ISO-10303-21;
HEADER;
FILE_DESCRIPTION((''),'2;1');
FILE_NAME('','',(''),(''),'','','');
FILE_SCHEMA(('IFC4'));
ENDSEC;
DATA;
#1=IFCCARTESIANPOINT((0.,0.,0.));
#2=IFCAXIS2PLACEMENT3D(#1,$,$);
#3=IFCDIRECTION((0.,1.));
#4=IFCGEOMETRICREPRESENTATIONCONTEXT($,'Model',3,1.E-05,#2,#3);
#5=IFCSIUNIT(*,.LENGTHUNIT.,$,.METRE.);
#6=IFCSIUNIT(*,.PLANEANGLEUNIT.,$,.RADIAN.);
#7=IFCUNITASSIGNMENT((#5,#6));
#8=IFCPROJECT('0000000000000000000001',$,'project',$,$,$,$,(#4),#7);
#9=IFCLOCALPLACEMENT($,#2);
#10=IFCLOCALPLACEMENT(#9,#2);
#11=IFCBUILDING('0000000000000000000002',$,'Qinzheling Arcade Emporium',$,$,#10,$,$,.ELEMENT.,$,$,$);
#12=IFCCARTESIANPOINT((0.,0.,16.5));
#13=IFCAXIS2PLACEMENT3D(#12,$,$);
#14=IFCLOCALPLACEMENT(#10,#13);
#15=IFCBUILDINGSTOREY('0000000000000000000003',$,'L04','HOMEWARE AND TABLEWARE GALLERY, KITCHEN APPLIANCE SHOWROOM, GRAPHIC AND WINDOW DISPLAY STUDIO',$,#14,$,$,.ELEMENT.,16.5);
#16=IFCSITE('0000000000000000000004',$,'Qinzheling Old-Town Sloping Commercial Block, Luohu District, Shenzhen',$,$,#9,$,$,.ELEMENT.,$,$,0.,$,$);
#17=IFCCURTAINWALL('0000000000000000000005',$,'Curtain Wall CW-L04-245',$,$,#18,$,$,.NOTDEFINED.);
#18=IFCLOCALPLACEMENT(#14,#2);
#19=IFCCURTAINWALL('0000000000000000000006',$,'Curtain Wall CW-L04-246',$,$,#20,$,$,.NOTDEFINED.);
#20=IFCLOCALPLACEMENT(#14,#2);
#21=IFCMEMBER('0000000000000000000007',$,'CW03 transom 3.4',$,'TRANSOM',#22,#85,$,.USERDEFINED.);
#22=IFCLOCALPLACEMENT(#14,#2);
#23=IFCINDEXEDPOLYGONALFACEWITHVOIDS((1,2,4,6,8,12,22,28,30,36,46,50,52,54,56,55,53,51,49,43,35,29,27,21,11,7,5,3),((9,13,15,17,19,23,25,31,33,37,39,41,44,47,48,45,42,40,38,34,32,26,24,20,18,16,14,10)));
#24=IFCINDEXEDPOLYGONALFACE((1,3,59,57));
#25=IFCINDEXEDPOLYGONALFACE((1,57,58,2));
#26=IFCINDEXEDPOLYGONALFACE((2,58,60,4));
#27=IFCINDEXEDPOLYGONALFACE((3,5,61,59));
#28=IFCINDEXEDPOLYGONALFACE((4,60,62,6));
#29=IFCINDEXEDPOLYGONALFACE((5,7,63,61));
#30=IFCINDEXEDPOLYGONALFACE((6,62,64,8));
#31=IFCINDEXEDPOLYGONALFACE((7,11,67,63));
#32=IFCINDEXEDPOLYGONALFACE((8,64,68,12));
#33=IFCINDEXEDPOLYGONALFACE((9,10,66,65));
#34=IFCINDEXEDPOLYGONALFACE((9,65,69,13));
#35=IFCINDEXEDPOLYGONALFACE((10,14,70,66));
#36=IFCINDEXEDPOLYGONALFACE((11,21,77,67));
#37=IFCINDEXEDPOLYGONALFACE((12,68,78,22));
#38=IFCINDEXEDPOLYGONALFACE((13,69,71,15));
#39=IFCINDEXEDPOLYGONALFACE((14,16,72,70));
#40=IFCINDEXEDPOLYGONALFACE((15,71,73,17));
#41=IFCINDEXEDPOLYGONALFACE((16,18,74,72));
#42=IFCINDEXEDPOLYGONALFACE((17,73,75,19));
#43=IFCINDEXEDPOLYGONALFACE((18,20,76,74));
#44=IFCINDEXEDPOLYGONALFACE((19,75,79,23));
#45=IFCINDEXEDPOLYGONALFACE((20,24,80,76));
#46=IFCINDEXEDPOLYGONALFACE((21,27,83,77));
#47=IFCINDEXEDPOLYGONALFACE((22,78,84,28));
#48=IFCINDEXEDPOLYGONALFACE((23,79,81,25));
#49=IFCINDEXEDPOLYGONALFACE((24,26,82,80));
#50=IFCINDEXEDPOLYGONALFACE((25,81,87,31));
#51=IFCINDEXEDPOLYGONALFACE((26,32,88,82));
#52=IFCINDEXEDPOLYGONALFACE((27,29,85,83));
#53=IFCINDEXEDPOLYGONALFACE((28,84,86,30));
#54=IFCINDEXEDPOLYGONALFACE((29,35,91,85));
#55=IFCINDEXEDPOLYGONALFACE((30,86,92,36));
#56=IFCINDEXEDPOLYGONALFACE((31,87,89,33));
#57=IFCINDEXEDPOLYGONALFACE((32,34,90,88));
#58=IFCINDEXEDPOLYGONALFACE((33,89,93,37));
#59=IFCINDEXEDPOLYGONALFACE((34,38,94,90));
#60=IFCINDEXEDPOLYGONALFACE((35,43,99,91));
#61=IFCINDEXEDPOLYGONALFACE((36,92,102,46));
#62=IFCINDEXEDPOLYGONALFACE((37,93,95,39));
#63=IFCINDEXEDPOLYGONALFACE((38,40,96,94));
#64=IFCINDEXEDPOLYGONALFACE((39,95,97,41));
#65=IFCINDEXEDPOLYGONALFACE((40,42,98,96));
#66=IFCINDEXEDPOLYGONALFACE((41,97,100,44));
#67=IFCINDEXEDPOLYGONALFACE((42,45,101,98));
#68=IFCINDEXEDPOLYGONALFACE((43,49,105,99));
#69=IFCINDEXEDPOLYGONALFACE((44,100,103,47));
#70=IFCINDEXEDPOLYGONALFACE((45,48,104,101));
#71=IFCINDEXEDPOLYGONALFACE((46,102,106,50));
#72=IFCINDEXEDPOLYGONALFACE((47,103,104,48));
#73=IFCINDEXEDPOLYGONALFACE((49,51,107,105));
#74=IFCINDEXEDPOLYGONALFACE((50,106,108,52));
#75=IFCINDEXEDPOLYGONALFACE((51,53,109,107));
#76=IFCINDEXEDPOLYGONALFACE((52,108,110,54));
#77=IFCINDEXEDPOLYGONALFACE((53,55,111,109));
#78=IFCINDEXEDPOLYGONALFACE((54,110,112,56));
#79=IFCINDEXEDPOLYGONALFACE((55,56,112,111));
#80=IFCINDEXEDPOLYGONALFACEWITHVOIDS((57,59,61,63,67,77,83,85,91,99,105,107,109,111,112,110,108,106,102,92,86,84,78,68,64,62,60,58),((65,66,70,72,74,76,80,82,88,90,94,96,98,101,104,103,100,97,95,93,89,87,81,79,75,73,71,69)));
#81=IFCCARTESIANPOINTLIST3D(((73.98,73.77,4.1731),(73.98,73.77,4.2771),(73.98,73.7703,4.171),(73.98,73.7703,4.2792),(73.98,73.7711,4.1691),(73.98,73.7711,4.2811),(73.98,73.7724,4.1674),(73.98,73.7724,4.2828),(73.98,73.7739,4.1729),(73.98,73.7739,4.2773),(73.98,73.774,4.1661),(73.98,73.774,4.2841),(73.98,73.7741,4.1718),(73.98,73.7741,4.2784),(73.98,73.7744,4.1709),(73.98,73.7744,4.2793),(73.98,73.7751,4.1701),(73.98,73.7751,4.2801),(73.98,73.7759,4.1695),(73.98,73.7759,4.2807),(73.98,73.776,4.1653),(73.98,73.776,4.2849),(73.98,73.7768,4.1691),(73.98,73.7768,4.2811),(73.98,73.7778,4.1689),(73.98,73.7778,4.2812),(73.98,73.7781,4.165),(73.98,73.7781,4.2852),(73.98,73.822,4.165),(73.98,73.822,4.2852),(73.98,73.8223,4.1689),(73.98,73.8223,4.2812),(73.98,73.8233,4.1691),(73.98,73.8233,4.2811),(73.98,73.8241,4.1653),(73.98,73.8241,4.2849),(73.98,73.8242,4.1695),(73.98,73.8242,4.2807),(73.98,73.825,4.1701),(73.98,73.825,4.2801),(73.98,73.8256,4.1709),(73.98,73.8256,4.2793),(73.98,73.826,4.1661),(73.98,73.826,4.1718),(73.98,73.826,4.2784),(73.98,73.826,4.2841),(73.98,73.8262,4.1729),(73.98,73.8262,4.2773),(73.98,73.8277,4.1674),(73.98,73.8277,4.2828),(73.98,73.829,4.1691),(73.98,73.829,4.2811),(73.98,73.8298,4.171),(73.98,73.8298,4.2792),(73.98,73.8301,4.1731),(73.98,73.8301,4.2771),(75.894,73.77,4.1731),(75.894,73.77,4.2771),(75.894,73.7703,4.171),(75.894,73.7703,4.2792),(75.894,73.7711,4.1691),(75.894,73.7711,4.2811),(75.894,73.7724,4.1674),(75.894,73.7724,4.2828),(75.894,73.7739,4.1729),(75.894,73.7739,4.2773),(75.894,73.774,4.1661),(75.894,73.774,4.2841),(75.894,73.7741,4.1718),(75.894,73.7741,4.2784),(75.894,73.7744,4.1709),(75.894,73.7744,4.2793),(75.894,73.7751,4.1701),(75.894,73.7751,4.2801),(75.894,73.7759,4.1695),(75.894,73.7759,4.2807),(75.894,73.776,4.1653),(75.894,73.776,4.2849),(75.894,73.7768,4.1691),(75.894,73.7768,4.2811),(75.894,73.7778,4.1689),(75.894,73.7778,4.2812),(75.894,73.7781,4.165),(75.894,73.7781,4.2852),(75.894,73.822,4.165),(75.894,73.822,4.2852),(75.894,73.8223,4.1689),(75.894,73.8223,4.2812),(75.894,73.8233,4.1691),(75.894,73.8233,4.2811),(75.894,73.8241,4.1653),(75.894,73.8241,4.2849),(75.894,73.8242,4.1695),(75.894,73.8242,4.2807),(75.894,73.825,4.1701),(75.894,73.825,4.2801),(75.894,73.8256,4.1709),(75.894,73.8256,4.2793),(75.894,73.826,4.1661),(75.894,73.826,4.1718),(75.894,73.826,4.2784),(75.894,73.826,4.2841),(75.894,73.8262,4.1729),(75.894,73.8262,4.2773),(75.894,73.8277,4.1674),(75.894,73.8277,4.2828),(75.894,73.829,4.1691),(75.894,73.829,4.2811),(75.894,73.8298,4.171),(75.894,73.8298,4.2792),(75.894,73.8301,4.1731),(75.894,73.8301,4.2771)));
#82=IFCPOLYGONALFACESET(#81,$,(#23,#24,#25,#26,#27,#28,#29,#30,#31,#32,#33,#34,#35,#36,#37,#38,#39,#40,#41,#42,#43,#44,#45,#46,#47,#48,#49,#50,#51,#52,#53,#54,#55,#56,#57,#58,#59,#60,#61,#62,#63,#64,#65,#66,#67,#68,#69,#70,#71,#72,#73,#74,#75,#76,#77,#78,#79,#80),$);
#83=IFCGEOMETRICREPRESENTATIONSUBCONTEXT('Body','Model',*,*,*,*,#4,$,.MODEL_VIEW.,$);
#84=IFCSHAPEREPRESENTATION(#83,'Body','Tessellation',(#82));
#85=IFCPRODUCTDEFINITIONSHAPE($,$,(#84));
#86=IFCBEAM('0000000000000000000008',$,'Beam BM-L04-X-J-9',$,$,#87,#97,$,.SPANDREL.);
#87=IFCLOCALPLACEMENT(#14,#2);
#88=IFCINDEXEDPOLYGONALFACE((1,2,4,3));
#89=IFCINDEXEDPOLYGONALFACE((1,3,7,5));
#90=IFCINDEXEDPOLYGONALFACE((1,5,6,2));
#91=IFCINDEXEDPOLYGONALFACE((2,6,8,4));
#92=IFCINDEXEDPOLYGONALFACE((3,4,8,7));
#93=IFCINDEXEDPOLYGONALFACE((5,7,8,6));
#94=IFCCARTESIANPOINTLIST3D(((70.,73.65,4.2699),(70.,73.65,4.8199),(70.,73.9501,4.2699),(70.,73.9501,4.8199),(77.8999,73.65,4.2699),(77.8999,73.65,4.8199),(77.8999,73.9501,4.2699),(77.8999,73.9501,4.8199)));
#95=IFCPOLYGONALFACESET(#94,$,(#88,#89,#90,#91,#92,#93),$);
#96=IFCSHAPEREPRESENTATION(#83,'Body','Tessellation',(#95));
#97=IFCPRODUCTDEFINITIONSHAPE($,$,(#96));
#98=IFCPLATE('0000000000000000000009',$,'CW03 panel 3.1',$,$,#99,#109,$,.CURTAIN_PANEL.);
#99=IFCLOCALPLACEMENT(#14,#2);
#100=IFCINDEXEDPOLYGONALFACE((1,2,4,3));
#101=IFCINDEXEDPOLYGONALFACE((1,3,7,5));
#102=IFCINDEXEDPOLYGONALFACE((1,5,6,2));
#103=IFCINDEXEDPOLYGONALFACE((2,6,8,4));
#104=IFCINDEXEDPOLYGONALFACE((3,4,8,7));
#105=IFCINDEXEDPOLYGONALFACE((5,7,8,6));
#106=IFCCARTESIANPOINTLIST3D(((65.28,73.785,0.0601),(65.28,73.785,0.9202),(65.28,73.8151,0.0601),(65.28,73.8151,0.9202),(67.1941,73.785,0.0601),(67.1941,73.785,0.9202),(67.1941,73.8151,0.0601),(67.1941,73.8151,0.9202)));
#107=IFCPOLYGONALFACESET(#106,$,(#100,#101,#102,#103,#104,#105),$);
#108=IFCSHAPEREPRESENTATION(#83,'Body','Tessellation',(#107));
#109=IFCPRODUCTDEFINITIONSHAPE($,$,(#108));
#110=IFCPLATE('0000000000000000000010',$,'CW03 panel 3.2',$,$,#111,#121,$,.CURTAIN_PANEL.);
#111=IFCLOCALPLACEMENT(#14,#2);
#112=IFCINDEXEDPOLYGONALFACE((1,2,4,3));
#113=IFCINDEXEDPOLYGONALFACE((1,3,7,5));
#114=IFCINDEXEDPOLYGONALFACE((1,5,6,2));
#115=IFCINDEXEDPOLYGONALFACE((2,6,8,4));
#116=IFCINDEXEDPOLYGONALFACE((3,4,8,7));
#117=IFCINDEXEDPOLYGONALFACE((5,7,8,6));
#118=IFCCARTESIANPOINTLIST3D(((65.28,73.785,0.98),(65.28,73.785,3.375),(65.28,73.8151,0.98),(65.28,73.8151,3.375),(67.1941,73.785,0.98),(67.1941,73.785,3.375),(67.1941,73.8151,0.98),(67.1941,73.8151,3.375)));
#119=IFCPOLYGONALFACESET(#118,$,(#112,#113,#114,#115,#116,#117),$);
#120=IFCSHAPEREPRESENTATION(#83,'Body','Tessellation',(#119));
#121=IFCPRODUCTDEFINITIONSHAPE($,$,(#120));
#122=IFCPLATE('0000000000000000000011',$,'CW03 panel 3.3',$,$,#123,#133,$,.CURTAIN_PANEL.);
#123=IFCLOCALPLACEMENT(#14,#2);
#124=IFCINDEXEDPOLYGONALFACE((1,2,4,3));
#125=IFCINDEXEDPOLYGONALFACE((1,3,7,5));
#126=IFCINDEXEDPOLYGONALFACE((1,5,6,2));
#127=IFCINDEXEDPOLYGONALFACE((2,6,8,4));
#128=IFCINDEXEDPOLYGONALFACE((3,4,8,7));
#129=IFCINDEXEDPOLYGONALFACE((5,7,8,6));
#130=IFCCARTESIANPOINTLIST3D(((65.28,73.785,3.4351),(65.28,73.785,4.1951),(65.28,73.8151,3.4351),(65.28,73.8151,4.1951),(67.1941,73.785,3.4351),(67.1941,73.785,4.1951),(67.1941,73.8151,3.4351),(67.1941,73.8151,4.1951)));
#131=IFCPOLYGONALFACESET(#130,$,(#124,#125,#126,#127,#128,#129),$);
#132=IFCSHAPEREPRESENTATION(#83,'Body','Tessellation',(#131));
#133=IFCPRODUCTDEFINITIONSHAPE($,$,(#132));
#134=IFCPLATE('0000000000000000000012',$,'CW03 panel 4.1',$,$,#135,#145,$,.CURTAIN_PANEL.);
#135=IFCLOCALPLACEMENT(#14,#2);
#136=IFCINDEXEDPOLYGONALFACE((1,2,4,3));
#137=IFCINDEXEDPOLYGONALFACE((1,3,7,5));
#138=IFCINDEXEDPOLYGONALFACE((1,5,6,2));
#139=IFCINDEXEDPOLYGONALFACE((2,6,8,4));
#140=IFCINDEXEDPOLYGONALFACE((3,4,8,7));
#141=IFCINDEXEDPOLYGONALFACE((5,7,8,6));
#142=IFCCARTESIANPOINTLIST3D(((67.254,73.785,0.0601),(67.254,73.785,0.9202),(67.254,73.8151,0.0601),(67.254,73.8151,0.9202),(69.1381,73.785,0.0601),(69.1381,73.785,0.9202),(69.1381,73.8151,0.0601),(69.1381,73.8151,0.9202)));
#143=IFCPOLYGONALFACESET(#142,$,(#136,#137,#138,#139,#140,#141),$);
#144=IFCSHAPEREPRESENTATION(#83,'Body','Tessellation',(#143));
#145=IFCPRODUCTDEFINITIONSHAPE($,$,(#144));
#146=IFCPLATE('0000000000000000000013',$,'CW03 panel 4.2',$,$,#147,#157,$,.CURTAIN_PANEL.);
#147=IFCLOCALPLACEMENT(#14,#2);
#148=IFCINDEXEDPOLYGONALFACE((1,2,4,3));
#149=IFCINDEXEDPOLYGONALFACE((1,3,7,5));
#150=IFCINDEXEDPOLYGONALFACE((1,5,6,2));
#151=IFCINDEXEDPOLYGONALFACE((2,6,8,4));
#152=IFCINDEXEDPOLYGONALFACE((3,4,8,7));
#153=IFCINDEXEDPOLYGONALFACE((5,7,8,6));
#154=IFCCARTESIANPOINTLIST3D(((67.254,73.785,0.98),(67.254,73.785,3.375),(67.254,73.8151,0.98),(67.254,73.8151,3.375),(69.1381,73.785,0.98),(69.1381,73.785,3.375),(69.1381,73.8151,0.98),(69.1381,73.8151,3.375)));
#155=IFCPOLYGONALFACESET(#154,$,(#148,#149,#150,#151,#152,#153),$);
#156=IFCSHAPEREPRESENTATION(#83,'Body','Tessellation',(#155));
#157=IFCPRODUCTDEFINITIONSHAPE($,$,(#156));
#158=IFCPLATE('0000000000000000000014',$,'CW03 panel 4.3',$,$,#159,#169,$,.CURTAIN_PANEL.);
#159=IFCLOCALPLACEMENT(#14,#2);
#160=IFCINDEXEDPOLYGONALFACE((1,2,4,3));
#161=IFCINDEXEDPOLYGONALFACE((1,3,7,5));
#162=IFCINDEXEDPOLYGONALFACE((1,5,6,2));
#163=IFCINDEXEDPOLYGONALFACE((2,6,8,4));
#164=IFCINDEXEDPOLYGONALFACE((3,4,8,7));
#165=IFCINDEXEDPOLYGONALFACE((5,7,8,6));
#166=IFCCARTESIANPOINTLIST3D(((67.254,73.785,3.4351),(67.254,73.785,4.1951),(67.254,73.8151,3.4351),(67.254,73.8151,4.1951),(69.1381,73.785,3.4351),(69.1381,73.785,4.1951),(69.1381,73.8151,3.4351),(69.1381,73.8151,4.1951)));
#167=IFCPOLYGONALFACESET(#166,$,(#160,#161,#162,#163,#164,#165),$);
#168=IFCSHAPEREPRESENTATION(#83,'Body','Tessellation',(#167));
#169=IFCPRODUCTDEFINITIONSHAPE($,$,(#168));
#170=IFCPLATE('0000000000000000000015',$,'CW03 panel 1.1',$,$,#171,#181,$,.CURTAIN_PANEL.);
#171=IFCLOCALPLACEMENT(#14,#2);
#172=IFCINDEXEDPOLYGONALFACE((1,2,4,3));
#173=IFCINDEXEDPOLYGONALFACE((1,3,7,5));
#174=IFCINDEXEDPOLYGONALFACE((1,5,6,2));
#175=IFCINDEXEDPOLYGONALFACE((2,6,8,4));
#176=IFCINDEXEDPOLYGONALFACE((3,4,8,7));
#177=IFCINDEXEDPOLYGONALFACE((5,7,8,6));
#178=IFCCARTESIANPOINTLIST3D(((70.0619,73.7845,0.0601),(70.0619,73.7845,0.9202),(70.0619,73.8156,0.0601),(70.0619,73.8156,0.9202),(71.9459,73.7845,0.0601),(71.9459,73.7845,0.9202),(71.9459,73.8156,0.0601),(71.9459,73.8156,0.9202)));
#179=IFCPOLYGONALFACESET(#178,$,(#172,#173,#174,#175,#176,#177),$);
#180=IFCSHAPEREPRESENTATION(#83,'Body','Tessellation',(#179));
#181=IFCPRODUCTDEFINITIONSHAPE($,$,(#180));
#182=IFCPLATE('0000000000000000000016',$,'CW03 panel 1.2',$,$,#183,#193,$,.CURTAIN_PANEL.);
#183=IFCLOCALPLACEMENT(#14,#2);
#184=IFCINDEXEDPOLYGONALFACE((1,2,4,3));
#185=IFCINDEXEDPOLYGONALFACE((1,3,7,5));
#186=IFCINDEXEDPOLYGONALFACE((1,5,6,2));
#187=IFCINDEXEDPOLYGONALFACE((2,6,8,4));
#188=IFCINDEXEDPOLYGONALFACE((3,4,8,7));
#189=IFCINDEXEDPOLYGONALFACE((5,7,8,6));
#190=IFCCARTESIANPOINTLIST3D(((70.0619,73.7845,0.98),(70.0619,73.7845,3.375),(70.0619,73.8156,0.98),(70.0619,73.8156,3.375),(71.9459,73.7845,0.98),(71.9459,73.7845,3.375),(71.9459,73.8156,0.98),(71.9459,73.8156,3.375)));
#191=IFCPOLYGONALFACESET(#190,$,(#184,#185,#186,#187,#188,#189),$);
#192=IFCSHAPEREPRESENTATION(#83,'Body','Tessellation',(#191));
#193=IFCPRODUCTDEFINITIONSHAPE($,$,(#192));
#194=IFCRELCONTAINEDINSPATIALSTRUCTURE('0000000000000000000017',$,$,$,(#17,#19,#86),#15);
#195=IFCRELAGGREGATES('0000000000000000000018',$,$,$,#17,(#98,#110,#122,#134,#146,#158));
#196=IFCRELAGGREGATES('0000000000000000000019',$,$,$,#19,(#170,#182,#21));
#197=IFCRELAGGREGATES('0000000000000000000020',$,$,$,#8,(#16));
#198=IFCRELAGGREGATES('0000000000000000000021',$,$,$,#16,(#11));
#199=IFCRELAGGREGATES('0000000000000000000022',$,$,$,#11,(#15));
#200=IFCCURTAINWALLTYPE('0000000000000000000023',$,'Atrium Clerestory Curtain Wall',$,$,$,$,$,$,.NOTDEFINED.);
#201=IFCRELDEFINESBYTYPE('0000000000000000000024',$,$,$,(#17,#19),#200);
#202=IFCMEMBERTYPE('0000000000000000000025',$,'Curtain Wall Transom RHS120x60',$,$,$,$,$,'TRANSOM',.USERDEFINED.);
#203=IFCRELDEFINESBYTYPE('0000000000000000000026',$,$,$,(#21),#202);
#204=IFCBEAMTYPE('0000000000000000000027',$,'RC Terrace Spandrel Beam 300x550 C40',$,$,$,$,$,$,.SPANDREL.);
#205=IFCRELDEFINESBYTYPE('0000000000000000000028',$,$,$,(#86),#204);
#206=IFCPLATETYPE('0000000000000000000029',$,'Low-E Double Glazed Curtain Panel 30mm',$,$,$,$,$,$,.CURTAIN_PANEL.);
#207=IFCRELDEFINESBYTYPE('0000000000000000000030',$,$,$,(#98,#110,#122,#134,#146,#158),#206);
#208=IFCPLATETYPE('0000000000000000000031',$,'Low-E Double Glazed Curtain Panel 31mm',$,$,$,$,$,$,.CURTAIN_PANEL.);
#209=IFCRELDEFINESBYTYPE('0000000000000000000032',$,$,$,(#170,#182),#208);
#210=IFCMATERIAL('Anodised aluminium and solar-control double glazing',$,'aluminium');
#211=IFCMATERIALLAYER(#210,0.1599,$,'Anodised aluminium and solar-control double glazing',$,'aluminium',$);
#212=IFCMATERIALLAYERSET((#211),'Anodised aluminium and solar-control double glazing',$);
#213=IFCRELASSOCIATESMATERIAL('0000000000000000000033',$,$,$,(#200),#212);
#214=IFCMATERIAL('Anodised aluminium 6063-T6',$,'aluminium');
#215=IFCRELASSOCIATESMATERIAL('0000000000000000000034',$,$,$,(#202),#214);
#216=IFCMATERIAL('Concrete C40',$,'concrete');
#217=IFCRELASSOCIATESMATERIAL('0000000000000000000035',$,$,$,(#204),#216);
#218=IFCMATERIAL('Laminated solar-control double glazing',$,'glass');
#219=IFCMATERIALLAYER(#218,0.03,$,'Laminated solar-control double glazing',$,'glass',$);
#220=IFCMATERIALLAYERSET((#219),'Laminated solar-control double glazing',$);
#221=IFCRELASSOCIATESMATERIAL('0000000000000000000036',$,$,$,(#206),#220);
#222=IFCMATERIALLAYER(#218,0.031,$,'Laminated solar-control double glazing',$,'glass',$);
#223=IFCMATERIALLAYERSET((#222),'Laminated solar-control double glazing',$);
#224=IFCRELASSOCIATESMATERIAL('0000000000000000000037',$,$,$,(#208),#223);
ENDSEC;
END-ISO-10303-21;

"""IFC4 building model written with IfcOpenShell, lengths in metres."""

from ifc_helpers import new_model, si_unit, direction, frame, origin, origin_2d, place, context, subcontext, project, spatial, rectangle, hollow_rectangle, extrude, material, layer, layer_set, material_profile, profile_set, type_object, element, aggregate, save


model = new_model("IFC4")

# Units and contexts
model_context = context("Model", 3, precision=1e-05, world=origin(), true_north=direction((0.0, 1.0)))
body_context = subcontext(model_context, "Body", "Model", "MODEL_VIEW")
ifc_project = project(units=[si_unit("LENGTHUNIT", "METRE"), si_unit("PLANEANGLEUNIT", "RADIAN")], contexts=[model_context])

# Site, building, storey
site_placement = place(None, origin())
site = spatial("IfcSite", under=ifc_project, at=site_placement, Name="Qinzheling Old-Town Sloping Commercial Block, Luohu District, Shenzhen", CompositionType="ELEMENT", RefElevation=0.0)
building_placement = place(site_placement, origin())
building = spatial("IfcBuilding", under=site, at=building_placement, Name="Qinzheling Arcade Emporium", CompositionType="ELEMENT")
storey_placement = place(building_placement, frame((0.0, 0.0, 16.5)))
storey = spatial("IfcBuildingStorey", under=building, at=storey_placement, Name="L04", Description="HOMEWARE AND TABLEWARE GALLERY, KITCHEN APPLIANCE SHOWROOM, GRAPHIC AND WINDOW DISPLAY STUDIO", CompositionType="ELEMENT", Elevation=16.5)

# Shared definitions
ifc_material_1 = material(Name="Concrete C40", Category="concrete")

# Curtain walls
ifc_material_2 = material(Name="Anodised aluminium and solar-control double glazing", Category="aluminium")
ifc_layer_1 = layer(ifc_material_2, 0.1599, Name="Anodised aluminium and solar-control double glazing", Category="aluminium")
ifc_layer_set_1 = layer_set([ifc_layer_1], Name="Anodised aluminium and solar-control double glazing")
curtain_wall_type = type_object("IfcCurtainWallType", Name="Atrium Clerestory Curtain Wall", PredefinedType="NOTDEFINED", material=ifc_layer_set_1)
curtain_wall_1_placement = place(storey_placement, origin())
curtain_wall_1 = element("IfcCurtainWall", 1, at=curtain_wall_1_placement, inside=storey, type_object=curtain_wall_type, Name="Curtain Wall CW-L04-245", PredefinedType="NOTDEFINED")
ifc_material_3 = material(Name="Anodised aluminium 6063-T6", Category="aluminium")
curtain_wall_2_placement = place(storey_placement, origin())
curtain_wall_2 = element("IfcCurtainWall", 2, at=curtain_wall_2_placement, inside=storey, type_object=curtain_wall_type, Name="Curtain Wall CW-L04-246", PredefinedType="NOTDEFINED")

# Member
ifc_material_profile_1 = material_profile(ifc_material_3, hollow_rectangle(XDim=0.0601, YDim=0.1201, WallThickness=0.0039, InnerFilletRadius=0.0039, OuterFilletRadius=0.0081, at=origin_2d()), Name="RHS 120x60x4", Category="aluminium")
ifc_profile_set_1 = profile_set([ifc_material_profile_1], Name="Anodised aluminium 6063-T6")
member_type_1 = type_object("IfcMemberType", Name="Curtain Wall Transom RHS120x60", ElementType="TRANSOM", PredefinedType="USERDEFINED", material=ifc_profile_set_1)
member_1_placement = place(storey_placement, frame((73.98, 73.8, 4.2251), z_axis=(1.0, 0.0, 0.0), x_axis=(0.0, 1.0, 0.0)))
member_1 = element("IfcMember", 3, at=member_1_placement, type_object=member_type_1, Name="CW03 transom 3.4", ObjectType="TRANSOM", PredefinedType="USERDEFINED", context=body_context, shape_type="SweptSolid", body=[
    extrude(hollow_rectangle(XDim=0.0601, YDim=0.1201, WallThickness=0.0039, InnerFilletRadius=0.0039, OuterFilletRadius=0.0081, at=origin_2d()), origin(), (0.0, 0.0, 1.0), 1.9141),
])

# Beam
ifc_material_profile_2 = material_profile(ifc_material_1, rectangle(XDim=0.3, YDim=0.55, at=origin_2d()), Name="RC 300x550", Category="concrete")
ifc_profile_set_2 = profile_set([ifc_material_profile_2], Name="Concrete C40")
beam_type = type_object("IfcBeamType", Name="RC Terrace Spandrel Beam 300x550 C40", PredefinedType="SPANDREL", material=ifc_profile_set_2)
beam_placement = place(storey_placement, frame((70.0, 73.8, 4.5449), z_axis=(1.0, 0.0, 0.0), x_axis=(0.0, 1.0, 0.0)))
element("IfcBeam", 4, at=beam_placement, inside=storey, type_object=beam_type, Name="Beam BM-L04-X-J-9", PredefinedType="SPANDREL", context=body_context, shape_type="SweptSolid", body=[
    extrude(rectangle(XDim=0.3, YDim=0.55, at=origin_2d()), origin(), (0.0, 0.0, 1.0), 7.8999),
])

# Plates
ifc_material_4 = material(Name="Laminated solar-control double glazing", Category="glass")
ifc_layer_2 = layer(ifc_material_4, 0.03, Name="Laminated solar-control double glazing", Category="glass")
ifc_layer_set_2 = layer_set([ifc_layer_2], Name="Laminated solar-control double glazing")
plate_type_1 = type_object("IfcPlateType", Name="Low-E Double Glazed Curtain Panel 30mm", PredefinedType="CURTAIN_PANEL", material=ifc_layer_set_2)
plate_1_placement = place(storey_placement, frame((66.2371, 73.8, 0.0601), z_axis=(0.0, 0.0, 1.0), x_axis=(1.0, 0.0, 0.0)))
plate_1 = element("IfcPlate", 5, at=plate_1_placement, type_object=plate_type_1, Name="CW03 panel 3.1", PredefinedType="CURTAIN_PANEL", context=body_context, shape_type="SweptSolid", body=[
    extrude(rectangle(XDim=1.9141, YDim=0.03, at=origin_2d()), origin(), (0.0, 0.0, 1.0), 0.8601),
])
plate_2_placement = place(storey_placement, frame((66.2371, 73.8, 0.98), z_axis=(0.0, 0.0, 1.0), x_axis=(1.0, 0.0, 0.0)))
plate_2 = element("IfcPlate", 6, at=plate_2_placement, type_object=plate_type_1, Name="CW03 panel 3.2", PredefinedType="CURTAIN_PANEL", context=body_context, shape_type="SweptSolid", body=[
    extrude(rectangle(XDim=1.9141, YDim=0.03, at=origin_2d()), origin(), (0.0, 0.0, 1.0), 2.395),
])
plate_3_placement = place(storey_placement, frame((66.2371, 73.8, 3.4351), z_axis=(0.0, 0.0, 1.0), x_axis=(1.0, 0.0, 0.0)))
plate_3 = element("IfcPlate", 7, at=plate_3_placement, type_object=plate_type_1, Name="CW03 panel 3.3", PredefinedType="CURTAIN_PANEL", context=body_context, shape_type="SweptSolid", body=[
    extrude(rectangle(XDim=1.9141, YDim=0.03, at=origin_2d()), origin(), (0.0, 0.0, 1.0), 0.76),
])
plate_4_placement = place(storey_placement, frame((68.196, 73.8, 0.0601), z_axis=(0.0, 0.0, 1.0), x_axis=(1.0, 0.0, 0.0)))
plate_4 = element("IfcPlate", 8, at=plate_4_placement, type_object=plate_type_1, Name="CW03 panel 4.1", PredefinedType="CURTAIN_PANEL", context=body_context, shape_type="SweptSolid", body=[
    extrude(rectangle(XDim=1.884, YDim=0.03, at=origin_2d()), origin(), (0.0, 0.0, 1.0), 0.8601),
])
plate_5_placement = place(storey_placement, frame((68.196, 73.8, 0.98), z_axis=(0.0, 0.0, 1.0), x_axis=(1.0, 0.0, 0.0)))
plate_5 = element("IfcPlate", 9, at=plate_5_placement, type_object=plate_type_1, Name="CW03 panel 4.2", PredefinedType="CURTAIN_PANEL", context=body_context, shape_type="SweptSolid", body=[
    extrude(rectangle(XDim=1.884, YDim=0.03, at=origin_2d()), origin(), (0.0, 0.0, 1.0), 2.395),
])
plate_6_placement = place(storey_placement, frame((68.196, 73.8, 3.4351), z_axis=(0.0, 0.0, 1.0), x_axis=(1.0, 0.0, 0.0)))
plate_6 = element("IfcPlate", 10, at=plate_6_placement, type_object=plate_type_1, Name="CW03 panel 4.3", PredefinedType="CURTAIN_PANEL", context=body_context, shape_type="SweptSolid", body=[
    extrude(rectangle(XDim=1.884, YDim=0.03, at=origin_2d()), origin(), (0.0, 0.0, 1.0), 0.76),
])
aggregate(curtain_wall_1, [plate_1, plate_2, plate_3, plate_4, plate_5, plate_6])
ifc_layer_3 = layer(ifc_material_4, 0.031, Name="Laminated solar-control double glazing", Category="glass")
ifc_layer_set_3 = layer_set([ifc_layer_3], Name="Laminated solar-control double glazing")
plate_type_2 = type_object("IfcPlateType", Name="Low-E Double Glazed Curtain Panel 31mm", PredefinedType="CURTAIN_PANEL", material=ifc_layer_set_3)
plate_7_placement = place(storey_placement, frame((71.0039, 73.8, 0.0601), z_axis=(0.0, 0.0, 1.0), x_axis=(1.0, 0.0, 0.0)))
plate_7 = element("IfcPlate", 11, at=plate_7_placement, type_object=plate_type_2, Name="CW03 panel 1.1", PredefinedType="CURTAIN_PANEL", context=body_context, shape_type="SweptSolid", body=[
    extrude(rectangle(XDim=1.884, YDim=0.031, at=origin_2d()), origin(), (0.0, 0.0, 1.0), 0.8601),
])
plate_8_placement = place(storey_placement, frame((71.0039, 73.8, 0.98), z_axis=(0.0, 0.0, 1.0), x_axis=(1.0, 0.0, 0.0)))
plate_8 = element("IfcPlate", 12, at=plate_8_placement, type_object=plate_type_2, Name="CW03 panel 1.2", PredefinedType="CURTAIN_PANEL", context=body_context, shape_type="SweptSolid", body=[
    extrude(rectangle(XDim=1.884, YDim=0.031, at=origin_2d()), origin(), (0.0, 0.0, 1.0), 2.395),
])
aggregate(curtain_wall_2, [plate_7, plate_8, member_1])

save(model, "model.ifc")
